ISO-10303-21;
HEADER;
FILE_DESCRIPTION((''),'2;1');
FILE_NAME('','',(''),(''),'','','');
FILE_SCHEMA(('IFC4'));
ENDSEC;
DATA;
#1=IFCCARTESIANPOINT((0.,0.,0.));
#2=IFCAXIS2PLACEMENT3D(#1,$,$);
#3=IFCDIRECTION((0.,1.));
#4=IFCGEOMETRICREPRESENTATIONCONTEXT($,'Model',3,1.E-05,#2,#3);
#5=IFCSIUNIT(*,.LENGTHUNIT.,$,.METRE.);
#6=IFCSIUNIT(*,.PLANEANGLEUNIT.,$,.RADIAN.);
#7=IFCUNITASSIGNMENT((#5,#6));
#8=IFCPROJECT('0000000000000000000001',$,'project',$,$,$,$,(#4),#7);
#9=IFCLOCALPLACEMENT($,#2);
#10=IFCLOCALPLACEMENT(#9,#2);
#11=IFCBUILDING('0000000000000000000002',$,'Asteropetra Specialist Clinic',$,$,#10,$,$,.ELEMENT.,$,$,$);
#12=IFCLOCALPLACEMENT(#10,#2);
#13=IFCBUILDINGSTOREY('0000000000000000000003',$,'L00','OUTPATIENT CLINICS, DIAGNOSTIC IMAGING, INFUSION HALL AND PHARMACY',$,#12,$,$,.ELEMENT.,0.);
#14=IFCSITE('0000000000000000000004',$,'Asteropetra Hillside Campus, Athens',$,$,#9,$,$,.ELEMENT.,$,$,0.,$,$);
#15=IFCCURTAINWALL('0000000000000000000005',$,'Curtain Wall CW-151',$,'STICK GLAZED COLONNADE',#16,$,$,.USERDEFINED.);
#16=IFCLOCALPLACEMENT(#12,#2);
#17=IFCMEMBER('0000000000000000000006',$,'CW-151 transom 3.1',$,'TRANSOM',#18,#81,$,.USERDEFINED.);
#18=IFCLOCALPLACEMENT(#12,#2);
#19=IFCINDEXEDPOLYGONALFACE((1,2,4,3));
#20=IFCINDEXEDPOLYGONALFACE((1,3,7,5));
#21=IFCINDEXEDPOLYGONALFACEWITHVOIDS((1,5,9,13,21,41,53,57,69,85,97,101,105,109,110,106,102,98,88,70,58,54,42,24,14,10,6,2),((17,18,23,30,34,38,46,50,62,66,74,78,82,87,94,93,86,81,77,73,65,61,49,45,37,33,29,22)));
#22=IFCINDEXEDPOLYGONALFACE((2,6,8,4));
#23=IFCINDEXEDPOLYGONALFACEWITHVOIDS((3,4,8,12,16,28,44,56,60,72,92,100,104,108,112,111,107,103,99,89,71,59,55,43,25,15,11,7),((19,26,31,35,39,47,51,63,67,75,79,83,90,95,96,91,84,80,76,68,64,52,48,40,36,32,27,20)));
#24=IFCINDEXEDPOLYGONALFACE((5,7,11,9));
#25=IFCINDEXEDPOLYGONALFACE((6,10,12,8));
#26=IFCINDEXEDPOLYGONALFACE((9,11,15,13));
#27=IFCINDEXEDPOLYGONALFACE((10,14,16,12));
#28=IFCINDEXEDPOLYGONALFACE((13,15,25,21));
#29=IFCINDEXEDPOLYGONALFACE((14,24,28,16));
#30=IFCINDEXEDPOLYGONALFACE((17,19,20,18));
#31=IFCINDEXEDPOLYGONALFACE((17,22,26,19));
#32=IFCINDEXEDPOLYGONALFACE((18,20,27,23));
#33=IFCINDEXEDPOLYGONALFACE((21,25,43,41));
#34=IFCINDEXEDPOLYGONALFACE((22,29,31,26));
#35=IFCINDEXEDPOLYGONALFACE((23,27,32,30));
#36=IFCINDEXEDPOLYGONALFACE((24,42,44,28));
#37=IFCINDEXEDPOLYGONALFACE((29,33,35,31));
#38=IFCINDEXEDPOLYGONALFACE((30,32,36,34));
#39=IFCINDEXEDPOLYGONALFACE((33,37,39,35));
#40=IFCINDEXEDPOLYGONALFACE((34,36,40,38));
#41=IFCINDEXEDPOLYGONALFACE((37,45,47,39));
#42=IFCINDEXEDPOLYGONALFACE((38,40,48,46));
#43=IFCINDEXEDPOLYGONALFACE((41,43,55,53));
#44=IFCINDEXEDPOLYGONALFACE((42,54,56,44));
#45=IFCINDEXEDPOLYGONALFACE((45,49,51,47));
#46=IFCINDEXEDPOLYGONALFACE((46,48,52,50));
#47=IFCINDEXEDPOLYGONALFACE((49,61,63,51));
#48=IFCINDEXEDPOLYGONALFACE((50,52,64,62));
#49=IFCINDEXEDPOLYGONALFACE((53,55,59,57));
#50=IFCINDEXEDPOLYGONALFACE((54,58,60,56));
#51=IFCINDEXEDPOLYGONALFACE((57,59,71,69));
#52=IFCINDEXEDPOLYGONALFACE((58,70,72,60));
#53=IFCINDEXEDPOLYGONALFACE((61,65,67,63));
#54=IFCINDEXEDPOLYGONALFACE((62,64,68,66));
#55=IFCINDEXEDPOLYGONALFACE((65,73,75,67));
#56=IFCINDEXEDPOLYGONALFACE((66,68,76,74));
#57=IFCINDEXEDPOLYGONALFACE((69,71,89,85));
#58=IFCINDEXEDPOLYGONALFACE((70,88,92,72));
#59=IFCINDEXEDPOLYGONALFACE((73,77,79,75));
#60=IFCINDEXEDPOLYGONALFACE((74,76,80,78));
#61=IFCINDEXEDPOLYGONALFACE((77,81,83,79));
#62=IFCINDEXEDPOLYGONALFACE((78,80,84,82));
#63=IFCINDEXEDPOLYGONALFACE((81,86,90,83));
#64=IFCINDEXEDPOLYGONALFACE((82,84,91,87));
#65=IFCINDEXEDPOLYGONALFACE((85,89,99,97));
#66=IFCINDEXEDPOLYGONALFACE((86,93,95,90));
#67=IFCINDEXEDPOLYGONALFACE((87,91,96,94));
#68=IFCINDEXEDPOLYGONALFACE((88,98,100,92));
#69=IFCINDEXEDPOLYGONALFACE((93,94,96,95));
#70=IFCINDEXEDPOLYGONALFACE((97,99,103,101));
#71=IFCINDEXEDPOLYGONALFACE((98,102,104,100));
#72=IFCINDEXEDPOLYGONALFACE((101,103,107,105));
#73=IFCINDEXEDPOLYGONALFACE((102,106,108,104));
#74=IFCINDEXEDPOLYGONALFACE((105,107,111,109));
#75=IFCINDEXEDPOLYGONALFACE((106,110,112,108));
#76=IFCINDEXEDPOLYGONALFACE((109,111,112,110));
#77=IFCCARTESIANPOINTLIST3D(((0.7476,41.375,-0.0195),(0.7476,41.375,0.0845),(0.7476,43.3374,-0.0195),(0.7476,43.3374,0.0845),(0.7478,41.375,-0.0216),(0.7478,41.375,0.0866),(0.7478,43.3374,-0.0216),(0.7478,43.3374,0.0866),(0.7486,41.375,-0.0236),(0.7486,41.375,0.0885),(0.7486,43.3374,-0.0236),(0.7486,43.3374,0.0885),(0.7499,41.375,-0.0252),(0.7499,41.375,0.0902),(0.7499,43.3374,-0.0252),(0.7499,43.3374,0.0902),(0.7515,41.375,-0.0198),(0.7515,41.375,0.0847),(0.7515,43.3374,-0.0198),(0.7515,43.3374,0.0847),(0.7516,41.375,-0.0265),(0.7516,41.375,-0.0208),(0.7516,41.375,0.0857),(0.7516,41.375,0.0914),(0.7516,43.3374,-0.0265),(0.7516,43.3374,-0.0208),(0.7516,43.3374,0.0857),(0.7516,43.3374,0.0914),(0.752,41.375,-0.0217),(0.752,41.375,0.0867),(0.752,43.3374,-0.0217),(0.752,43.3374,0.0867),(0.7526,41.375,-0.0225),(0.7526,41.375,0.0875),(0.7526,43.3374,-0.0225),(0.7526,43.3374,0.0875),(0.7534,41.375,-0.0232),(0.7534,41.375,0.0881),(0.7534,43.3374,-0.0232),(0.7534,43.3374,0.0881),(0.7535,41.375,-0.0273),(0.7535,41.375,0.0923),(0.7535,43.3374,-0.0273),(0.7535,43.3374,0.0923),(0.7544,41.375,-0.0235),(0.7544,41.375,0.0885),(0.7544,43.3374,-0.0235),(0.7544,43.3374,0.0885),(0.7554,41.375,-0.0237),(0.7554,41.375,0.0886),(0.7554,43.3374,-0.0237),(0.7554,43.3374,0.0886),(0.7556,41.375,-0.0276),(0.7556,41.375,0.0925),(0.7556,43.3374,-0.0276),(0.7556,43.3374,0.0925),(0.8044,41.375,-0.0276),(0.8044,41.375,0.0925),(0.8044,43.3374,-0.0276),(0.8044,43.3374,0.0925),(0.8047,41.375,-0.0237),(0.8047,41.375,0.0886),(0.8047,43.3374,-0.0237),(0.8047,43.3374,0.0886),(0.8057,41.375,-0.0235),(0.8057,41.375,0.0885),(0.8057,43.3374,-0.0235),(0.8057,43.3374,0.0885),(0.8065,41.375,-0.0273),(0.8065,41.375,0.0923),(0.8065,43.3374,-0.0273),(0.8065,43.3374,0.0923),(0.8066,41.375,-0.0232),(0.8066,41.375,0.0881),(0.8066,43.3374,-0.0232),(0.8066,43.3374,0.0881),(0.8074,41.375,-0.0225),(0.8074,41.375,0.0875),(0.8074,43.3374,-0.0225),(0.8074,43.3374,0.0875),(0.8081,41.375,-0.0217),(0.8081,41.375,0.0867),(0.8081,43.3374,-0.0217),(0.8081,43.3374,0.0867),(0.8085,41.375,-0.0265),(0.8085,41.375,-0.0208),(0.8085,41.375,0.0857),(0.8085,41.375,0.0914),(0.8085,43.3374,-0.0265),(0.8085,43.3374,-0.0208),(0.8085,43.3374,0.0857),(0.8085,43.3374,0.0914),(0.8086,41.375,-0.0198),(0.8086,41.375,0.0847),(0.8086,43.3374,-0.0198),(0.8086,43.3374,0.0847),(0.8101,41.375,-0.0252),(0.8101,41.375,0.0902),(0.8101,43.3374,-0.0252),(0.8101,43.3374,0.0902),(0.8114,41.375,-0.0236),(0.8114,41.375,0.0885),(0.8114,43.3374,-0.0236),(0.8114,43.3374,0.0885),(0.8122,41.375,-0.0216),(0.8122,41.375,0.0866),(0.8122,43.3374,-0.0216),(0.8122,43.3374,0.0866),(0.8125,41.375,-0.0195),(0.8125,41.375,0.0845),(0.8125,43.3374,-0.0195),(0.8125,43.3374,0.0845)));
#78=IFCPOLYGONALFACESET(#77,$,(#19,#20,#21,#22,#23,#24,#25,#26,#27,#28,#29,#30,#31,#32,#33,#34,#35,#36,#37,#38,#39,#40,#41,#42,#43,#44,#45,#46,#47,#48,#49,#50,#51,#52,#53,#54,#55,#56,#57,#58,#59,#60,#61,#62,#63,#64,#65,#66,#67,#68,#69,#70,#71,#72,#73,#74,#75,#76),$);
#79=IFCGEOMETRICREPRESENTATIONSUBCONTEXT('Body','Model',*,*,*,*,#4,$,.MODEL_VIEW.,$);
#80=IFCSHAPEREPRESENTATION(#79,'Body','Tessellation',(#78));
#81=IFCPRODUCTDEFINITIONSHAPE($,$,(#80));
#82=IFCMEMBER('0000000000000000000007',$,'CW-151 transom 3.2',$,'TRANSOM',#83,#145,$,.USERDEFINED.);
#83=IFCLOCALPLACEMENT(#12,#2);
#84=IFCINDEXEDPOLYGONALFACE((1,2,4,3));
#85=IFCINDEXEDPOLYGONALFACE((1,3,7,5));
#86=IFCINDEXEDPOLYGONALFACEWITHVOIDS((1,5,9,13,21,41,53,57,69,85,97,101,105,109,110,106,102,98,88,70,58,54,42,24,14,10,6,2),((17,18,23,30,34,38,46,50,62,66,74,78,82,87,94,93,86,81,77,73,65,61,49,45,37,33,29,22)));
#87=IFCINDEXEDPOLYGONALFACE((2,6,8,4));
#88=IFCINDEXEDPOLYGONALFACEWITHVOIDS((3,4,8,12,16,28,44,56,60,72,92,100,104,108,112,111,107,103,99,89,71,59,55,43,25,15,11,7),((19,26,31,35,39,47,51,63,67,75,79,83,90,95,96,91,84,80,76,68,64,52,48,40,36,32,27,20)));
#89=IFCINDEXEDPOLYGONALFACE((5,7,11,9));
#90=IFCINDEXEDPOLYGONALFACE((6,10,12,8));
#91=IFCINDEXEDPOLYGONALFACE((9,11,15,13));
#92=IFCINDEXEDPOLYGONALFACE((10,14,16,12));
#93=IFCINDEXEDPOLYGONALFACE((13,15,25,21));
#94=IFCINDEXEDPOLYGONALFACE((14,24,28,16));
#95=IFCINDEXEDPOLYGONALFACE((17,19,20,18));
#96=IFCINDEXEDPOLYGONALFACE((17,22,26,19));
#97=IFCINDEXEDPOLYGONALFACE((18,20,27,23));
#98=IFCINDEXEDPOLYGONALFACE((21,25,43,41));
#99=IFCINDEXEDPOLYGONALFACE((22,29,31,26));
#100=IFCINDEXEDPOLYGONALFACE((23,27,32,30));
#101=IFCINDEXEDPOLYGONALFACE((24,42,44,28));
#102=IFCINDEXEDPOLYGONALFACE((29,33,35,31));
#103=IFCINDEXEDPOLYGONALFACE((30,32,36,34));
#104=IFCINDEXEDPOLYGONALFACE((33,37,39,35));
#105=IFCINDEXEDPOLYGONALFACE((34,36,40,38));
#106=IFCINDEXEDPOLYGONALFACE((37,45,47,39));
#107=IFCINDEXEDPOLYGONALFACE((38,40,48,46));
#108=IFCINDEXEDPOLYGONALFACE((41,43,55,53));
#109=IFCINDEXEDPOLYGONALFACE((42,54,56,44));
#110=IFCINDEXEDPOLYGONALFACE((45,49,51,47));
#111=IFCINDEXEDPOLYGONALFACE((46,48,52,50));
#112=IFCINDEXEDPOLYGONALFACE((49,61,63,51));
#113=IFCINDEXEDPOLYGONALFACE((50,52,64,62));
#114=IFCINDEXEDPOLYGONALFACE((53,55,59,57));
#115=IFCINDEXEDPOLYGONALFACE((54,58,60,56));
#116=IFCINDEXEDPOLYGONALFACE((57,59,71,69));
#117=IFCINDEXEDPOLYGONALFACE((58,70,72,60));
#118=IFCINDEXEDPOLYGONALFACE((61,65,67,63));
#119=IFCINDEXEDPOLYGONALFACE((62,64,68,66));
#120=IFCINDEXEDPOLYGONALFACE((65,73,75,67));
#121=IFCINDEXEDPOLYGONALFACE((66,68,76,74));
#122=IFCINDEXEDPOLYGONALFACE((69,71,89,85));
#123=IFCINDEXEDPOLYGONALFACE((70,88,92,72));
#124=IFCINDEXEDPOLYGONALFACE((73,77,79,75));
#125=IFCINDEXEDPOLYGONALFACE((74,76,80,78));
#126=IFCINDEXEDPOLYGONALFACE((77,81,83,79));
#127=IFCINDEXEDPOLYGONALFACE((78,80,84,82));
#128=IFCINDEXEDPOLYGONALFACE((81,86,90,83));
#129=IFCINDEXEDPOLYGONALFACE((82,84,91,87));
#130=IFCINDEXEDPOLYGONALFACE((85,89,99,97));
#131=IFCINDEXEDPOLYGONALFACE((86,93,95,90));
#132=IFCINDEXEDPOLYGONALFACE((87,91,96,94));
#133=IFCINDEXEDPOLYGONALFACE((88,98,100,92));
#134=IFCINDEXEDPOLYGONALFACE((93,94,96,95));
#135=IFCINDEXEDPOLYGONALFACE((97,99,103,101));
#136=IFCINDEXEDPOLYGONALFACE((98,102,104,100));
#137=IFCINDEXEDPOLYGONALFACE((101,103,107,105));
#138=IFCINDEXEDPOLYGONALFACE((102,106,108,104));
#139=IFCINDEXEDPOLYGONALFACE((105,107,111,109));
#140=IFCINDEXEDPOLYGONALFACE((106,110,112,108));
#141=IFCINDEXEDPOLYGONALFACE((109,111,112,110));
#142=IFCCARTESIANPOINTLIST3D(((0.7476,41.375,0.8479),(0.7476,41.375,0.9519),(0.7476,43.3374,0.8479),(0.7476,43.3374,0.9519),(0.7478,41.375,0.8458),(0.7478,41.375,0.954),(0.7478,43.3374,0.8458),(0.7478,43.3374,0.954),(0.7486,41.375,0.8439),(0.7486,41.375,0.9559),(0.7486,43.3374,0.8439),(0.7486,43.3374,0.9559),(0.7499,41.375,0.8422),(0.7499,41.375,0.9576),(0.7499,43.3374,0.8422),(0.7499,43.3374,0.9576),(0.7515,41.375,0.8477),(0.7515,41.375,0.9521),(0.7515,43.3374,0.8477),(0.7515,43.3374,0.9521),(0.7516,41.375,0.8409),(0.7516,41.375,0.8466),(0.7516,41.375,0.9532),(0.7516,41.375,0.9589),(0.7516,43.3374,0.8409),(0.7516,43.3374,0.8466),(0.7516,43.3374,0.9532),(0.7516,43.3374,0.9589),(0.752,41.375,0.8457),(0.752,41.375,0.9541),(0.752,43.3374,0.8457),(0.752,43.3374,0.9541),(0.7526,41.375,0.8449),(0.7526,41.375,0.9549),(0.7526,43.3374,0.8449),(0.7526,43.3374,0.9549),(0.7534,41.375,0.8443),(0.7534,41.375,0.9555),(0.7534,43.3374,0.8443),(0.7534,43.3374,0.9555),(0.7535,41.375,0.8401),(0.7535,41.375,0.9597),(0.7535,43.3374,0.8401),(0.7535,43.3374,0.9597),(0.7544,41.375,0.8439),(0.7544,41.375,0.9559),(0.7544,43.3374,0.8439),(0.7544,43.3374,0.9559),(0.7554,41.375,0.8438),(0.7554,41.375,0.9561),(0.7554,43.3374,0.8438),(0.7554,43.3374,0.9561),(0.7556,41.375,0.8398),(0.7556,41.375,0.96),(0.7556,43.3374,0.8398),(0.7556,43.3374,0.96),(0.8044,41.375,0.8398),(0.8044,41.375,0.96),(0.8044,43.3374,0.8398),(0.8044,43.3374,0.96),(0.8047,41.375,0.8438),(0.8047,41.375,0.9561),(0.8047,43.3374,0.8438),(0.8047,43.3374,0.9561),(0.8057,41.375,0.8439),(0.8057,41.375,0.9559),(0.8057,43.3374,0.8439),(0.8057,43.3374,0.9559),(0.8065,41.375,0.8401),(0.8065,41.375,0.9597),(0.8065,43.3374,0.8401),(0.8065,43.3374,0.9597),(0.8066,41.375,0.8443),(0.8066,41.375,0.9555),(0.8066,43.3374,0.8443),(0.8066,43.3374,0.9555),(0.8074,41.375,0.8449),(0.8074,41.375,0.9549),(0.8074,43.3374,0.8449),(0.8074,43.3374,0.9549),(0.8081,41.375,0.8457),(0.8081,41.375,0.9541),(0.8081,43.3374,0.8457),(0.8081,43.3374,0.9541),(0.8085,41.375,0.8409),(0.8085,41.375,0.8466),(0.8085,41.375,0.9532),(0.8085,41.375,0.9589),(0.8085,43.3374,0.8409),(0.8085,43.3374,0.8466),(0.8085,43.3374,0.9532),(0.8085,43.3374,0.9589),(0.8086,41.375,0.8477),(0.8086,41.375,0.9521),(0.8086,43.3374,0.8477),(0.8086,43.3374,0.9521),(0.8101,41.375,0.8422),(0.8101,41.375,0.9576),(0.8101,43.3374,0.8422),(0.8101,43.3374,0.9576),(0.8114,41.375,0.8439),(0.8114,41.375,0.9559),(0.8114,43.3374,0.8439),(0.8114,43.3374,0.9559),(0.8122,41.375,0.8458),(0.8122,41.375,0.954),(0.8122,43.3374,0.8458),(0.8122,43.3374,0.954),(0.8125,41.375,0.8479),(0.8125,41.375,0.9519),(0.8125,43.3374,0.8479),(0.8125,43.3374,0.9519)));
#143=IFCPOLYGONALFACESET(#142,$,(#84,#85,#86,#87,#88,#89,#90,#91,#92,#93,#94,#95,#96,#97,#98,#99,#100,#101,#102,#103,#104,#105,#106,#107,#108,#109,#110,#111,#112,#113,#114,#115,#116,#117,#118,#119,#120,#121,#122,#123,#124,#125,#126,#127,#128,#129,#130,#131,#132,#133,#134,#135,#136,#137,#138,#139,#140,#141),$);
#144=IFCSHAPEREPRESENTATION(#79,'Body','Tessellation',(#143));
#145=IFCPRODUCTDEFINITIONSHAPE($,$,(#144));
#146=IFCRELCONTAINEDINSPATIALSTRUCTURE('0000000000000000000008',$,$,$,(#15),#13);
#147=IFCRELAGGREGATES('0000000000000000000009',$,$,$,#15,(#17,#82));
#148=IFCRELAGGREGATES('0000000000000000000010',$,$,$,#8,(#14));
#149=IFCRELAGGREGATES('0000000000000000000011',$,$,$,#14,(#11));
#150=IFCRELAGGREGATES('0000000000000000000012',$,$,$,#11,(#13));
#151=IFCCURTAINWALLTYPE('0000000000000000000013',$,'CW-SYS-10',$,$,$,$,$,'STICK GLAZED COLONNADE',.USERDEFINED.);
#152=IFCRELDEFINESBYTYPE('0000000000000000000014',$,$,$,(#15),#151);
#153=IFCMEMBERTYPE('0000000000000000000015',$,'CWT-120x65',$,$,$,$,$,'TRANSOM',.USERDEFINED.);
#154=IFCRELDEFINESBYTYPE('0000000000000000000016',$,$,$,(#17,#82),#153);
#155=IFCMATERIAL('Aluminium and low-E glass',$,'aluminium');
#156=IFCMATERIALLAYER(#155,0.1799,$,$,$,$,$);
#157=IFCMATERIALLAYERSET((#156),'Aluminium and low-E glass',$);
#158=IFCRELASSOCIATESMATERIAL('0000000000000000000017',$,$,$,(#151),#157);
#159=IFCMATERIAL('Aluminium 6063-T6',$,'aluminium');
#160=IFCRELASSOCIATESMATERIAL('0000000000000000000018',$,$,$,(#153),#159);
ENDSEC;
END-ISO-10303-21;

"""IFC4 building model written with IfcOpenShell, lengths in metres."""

from ifc_helpers import new_model, si_unit, direction, frame, origin, origin_2d, place, context, subcontext, project, spatial, hollow_rectangle, extrude, material, layer, layer_set, material_profile, profile_set, type_object, element, aggregate, save


model = new_model("IFC4")

# Units and contexts
model_context = context("Model", 3, precision=1e-05, world=origin(), true_north=direction((0.0, 1.0)))
body_context = subcontext(model_context, "Body", "Model", "MODEL_VIEW")
ifc_project = project(units=[si_unit("LENGTHUNIT", "METRE"), si_unit("PLANEANGLEUNIT", "RADIAN")], contexts=[model_context])

# Site, building, storey
site_placement = place(None, origin())
site = spatial("IfcSite", under=ifc_project, at=site_placement, Name="Asteropetra Hillside Campus, Athens", CompositionType="ELEMENT", RefElevation=0.0)
building_placement = place(site_placement, origin())
building = spatial("IfcBuilding", under=site, at=building_placement, Name="Asteropetra Specialist Clinic", CompositionType="ELEMENT")
storey_placement = place(building_placement, origin())
storey = spatial("IfcBuildingStorey", under=building, at=storey_placement, Name="L00", Description="OUTPATIENT CLINICS, DIAGNOSTIC IMAGING, INFUSION HALL AND PHARMACY", CompositionType="ELEMENT", Elevation=0.0)

# Curtain wall, members
ifc_material_1 = material(Name="Aluminium and low-E glass", Category="aluminium")
ifc_layer_1 = layer(ifc_material_1, 0.1799)
ifc_layer_set_1 = layer_set([ifc_layer_1], Name="Aluminium and low-E glass")
curtain_wall_type = type_object("IfcCurtainWallType", Name="CW-SYS-10", ElementType="STICK GLAZED COLONNADE", PredefinedType="USERDEFINED", material=ifc_layer_set_1)
curtain_wall_placement = place(storey_placement, origin())
curtain_wall = element("IfcCurtainWall", 1, at=curtain_wall_placement, inside=storey, type_object=curtain_wall_type, Name="Curtain Wall CW-151", ObjectType="STICK GLAZED COLONNADE", PredefinedType="USERDEFINED")
ifc_material_2 = material(Name="Aluminium 6063-T6", Category="aluminium")
ifc_material_profile_1 = material_profile(ifc_material_2, hollow_rectangle(XDim=0.0649, YDim=0.1201, WallThickness=0.0039, InnerFilletRadius=0.0039, OuterFilletRadius=0.0081, at=origin_2d()), Name="TRN 120x65x4.0")
ifc_profile_set_1 = profile_set([ifc_material_profile_1], Name="Aluminium 6063-T6")
member_type_1 = type_object("IfcMemberType", Name="CWT-120x65", ElementType="TRANSOM", PredefinedType="USERDEFINED", material=ifc_profile_set_1)
member_1_placement = place(storey_placement, frame((0.78, 43.3374, 0.0325), z_axis=(0.0, -1.0, 0.0), x_axis=(1.0, 0.0, 0.0)))
member_1 = element("IfcMember", 2, at=member_1_placement, type_object=member_type_1, Name="CW-151 transom 3.1", ObjectType="TRANSOM", PredefinedType="USERDEFINED", context=body_context, shape_type="SweptSolid", body=[
    extrude(hollow_rectangle(XDim=0.0649, YDim=0.1201, WallThickness=0.0039, InnerFilletRadius=0.0039, OuterFilletRadius=0.0081, at=origin_2d()), origin(), (0.0, 0.0, 1.0), 1.9624),
])
member_2_placement = place(storey_placement, frame((0.78, 43.3374, 0.8999), z_axis=(0.0, -1.0, 0.0), x_axis=(1.0, 0.0, 0.0)))
member_2 = element("IfcMember", 3, at=member_2_placement, type_object=member_type_1, Name="CW-151 transom 3.2", ObjectType="TRANSOM", PredefinedType="USERDEFINED", context=body_context, shape_type="SweptSolid", body=[
    extrude(hollow_rectangle(XDim=0.0649, YDim=0.1201, WallThickness=0.0039, InnerFilletRadius=0.0039, OuterFilletRadius=0.0081, at=origin_2d()), origin(), (0.0, 0.0, 1.0), 1.9624),
])

aggregate(curtain_wall, [member_1, member_2])

save(model, "model.ifc")
